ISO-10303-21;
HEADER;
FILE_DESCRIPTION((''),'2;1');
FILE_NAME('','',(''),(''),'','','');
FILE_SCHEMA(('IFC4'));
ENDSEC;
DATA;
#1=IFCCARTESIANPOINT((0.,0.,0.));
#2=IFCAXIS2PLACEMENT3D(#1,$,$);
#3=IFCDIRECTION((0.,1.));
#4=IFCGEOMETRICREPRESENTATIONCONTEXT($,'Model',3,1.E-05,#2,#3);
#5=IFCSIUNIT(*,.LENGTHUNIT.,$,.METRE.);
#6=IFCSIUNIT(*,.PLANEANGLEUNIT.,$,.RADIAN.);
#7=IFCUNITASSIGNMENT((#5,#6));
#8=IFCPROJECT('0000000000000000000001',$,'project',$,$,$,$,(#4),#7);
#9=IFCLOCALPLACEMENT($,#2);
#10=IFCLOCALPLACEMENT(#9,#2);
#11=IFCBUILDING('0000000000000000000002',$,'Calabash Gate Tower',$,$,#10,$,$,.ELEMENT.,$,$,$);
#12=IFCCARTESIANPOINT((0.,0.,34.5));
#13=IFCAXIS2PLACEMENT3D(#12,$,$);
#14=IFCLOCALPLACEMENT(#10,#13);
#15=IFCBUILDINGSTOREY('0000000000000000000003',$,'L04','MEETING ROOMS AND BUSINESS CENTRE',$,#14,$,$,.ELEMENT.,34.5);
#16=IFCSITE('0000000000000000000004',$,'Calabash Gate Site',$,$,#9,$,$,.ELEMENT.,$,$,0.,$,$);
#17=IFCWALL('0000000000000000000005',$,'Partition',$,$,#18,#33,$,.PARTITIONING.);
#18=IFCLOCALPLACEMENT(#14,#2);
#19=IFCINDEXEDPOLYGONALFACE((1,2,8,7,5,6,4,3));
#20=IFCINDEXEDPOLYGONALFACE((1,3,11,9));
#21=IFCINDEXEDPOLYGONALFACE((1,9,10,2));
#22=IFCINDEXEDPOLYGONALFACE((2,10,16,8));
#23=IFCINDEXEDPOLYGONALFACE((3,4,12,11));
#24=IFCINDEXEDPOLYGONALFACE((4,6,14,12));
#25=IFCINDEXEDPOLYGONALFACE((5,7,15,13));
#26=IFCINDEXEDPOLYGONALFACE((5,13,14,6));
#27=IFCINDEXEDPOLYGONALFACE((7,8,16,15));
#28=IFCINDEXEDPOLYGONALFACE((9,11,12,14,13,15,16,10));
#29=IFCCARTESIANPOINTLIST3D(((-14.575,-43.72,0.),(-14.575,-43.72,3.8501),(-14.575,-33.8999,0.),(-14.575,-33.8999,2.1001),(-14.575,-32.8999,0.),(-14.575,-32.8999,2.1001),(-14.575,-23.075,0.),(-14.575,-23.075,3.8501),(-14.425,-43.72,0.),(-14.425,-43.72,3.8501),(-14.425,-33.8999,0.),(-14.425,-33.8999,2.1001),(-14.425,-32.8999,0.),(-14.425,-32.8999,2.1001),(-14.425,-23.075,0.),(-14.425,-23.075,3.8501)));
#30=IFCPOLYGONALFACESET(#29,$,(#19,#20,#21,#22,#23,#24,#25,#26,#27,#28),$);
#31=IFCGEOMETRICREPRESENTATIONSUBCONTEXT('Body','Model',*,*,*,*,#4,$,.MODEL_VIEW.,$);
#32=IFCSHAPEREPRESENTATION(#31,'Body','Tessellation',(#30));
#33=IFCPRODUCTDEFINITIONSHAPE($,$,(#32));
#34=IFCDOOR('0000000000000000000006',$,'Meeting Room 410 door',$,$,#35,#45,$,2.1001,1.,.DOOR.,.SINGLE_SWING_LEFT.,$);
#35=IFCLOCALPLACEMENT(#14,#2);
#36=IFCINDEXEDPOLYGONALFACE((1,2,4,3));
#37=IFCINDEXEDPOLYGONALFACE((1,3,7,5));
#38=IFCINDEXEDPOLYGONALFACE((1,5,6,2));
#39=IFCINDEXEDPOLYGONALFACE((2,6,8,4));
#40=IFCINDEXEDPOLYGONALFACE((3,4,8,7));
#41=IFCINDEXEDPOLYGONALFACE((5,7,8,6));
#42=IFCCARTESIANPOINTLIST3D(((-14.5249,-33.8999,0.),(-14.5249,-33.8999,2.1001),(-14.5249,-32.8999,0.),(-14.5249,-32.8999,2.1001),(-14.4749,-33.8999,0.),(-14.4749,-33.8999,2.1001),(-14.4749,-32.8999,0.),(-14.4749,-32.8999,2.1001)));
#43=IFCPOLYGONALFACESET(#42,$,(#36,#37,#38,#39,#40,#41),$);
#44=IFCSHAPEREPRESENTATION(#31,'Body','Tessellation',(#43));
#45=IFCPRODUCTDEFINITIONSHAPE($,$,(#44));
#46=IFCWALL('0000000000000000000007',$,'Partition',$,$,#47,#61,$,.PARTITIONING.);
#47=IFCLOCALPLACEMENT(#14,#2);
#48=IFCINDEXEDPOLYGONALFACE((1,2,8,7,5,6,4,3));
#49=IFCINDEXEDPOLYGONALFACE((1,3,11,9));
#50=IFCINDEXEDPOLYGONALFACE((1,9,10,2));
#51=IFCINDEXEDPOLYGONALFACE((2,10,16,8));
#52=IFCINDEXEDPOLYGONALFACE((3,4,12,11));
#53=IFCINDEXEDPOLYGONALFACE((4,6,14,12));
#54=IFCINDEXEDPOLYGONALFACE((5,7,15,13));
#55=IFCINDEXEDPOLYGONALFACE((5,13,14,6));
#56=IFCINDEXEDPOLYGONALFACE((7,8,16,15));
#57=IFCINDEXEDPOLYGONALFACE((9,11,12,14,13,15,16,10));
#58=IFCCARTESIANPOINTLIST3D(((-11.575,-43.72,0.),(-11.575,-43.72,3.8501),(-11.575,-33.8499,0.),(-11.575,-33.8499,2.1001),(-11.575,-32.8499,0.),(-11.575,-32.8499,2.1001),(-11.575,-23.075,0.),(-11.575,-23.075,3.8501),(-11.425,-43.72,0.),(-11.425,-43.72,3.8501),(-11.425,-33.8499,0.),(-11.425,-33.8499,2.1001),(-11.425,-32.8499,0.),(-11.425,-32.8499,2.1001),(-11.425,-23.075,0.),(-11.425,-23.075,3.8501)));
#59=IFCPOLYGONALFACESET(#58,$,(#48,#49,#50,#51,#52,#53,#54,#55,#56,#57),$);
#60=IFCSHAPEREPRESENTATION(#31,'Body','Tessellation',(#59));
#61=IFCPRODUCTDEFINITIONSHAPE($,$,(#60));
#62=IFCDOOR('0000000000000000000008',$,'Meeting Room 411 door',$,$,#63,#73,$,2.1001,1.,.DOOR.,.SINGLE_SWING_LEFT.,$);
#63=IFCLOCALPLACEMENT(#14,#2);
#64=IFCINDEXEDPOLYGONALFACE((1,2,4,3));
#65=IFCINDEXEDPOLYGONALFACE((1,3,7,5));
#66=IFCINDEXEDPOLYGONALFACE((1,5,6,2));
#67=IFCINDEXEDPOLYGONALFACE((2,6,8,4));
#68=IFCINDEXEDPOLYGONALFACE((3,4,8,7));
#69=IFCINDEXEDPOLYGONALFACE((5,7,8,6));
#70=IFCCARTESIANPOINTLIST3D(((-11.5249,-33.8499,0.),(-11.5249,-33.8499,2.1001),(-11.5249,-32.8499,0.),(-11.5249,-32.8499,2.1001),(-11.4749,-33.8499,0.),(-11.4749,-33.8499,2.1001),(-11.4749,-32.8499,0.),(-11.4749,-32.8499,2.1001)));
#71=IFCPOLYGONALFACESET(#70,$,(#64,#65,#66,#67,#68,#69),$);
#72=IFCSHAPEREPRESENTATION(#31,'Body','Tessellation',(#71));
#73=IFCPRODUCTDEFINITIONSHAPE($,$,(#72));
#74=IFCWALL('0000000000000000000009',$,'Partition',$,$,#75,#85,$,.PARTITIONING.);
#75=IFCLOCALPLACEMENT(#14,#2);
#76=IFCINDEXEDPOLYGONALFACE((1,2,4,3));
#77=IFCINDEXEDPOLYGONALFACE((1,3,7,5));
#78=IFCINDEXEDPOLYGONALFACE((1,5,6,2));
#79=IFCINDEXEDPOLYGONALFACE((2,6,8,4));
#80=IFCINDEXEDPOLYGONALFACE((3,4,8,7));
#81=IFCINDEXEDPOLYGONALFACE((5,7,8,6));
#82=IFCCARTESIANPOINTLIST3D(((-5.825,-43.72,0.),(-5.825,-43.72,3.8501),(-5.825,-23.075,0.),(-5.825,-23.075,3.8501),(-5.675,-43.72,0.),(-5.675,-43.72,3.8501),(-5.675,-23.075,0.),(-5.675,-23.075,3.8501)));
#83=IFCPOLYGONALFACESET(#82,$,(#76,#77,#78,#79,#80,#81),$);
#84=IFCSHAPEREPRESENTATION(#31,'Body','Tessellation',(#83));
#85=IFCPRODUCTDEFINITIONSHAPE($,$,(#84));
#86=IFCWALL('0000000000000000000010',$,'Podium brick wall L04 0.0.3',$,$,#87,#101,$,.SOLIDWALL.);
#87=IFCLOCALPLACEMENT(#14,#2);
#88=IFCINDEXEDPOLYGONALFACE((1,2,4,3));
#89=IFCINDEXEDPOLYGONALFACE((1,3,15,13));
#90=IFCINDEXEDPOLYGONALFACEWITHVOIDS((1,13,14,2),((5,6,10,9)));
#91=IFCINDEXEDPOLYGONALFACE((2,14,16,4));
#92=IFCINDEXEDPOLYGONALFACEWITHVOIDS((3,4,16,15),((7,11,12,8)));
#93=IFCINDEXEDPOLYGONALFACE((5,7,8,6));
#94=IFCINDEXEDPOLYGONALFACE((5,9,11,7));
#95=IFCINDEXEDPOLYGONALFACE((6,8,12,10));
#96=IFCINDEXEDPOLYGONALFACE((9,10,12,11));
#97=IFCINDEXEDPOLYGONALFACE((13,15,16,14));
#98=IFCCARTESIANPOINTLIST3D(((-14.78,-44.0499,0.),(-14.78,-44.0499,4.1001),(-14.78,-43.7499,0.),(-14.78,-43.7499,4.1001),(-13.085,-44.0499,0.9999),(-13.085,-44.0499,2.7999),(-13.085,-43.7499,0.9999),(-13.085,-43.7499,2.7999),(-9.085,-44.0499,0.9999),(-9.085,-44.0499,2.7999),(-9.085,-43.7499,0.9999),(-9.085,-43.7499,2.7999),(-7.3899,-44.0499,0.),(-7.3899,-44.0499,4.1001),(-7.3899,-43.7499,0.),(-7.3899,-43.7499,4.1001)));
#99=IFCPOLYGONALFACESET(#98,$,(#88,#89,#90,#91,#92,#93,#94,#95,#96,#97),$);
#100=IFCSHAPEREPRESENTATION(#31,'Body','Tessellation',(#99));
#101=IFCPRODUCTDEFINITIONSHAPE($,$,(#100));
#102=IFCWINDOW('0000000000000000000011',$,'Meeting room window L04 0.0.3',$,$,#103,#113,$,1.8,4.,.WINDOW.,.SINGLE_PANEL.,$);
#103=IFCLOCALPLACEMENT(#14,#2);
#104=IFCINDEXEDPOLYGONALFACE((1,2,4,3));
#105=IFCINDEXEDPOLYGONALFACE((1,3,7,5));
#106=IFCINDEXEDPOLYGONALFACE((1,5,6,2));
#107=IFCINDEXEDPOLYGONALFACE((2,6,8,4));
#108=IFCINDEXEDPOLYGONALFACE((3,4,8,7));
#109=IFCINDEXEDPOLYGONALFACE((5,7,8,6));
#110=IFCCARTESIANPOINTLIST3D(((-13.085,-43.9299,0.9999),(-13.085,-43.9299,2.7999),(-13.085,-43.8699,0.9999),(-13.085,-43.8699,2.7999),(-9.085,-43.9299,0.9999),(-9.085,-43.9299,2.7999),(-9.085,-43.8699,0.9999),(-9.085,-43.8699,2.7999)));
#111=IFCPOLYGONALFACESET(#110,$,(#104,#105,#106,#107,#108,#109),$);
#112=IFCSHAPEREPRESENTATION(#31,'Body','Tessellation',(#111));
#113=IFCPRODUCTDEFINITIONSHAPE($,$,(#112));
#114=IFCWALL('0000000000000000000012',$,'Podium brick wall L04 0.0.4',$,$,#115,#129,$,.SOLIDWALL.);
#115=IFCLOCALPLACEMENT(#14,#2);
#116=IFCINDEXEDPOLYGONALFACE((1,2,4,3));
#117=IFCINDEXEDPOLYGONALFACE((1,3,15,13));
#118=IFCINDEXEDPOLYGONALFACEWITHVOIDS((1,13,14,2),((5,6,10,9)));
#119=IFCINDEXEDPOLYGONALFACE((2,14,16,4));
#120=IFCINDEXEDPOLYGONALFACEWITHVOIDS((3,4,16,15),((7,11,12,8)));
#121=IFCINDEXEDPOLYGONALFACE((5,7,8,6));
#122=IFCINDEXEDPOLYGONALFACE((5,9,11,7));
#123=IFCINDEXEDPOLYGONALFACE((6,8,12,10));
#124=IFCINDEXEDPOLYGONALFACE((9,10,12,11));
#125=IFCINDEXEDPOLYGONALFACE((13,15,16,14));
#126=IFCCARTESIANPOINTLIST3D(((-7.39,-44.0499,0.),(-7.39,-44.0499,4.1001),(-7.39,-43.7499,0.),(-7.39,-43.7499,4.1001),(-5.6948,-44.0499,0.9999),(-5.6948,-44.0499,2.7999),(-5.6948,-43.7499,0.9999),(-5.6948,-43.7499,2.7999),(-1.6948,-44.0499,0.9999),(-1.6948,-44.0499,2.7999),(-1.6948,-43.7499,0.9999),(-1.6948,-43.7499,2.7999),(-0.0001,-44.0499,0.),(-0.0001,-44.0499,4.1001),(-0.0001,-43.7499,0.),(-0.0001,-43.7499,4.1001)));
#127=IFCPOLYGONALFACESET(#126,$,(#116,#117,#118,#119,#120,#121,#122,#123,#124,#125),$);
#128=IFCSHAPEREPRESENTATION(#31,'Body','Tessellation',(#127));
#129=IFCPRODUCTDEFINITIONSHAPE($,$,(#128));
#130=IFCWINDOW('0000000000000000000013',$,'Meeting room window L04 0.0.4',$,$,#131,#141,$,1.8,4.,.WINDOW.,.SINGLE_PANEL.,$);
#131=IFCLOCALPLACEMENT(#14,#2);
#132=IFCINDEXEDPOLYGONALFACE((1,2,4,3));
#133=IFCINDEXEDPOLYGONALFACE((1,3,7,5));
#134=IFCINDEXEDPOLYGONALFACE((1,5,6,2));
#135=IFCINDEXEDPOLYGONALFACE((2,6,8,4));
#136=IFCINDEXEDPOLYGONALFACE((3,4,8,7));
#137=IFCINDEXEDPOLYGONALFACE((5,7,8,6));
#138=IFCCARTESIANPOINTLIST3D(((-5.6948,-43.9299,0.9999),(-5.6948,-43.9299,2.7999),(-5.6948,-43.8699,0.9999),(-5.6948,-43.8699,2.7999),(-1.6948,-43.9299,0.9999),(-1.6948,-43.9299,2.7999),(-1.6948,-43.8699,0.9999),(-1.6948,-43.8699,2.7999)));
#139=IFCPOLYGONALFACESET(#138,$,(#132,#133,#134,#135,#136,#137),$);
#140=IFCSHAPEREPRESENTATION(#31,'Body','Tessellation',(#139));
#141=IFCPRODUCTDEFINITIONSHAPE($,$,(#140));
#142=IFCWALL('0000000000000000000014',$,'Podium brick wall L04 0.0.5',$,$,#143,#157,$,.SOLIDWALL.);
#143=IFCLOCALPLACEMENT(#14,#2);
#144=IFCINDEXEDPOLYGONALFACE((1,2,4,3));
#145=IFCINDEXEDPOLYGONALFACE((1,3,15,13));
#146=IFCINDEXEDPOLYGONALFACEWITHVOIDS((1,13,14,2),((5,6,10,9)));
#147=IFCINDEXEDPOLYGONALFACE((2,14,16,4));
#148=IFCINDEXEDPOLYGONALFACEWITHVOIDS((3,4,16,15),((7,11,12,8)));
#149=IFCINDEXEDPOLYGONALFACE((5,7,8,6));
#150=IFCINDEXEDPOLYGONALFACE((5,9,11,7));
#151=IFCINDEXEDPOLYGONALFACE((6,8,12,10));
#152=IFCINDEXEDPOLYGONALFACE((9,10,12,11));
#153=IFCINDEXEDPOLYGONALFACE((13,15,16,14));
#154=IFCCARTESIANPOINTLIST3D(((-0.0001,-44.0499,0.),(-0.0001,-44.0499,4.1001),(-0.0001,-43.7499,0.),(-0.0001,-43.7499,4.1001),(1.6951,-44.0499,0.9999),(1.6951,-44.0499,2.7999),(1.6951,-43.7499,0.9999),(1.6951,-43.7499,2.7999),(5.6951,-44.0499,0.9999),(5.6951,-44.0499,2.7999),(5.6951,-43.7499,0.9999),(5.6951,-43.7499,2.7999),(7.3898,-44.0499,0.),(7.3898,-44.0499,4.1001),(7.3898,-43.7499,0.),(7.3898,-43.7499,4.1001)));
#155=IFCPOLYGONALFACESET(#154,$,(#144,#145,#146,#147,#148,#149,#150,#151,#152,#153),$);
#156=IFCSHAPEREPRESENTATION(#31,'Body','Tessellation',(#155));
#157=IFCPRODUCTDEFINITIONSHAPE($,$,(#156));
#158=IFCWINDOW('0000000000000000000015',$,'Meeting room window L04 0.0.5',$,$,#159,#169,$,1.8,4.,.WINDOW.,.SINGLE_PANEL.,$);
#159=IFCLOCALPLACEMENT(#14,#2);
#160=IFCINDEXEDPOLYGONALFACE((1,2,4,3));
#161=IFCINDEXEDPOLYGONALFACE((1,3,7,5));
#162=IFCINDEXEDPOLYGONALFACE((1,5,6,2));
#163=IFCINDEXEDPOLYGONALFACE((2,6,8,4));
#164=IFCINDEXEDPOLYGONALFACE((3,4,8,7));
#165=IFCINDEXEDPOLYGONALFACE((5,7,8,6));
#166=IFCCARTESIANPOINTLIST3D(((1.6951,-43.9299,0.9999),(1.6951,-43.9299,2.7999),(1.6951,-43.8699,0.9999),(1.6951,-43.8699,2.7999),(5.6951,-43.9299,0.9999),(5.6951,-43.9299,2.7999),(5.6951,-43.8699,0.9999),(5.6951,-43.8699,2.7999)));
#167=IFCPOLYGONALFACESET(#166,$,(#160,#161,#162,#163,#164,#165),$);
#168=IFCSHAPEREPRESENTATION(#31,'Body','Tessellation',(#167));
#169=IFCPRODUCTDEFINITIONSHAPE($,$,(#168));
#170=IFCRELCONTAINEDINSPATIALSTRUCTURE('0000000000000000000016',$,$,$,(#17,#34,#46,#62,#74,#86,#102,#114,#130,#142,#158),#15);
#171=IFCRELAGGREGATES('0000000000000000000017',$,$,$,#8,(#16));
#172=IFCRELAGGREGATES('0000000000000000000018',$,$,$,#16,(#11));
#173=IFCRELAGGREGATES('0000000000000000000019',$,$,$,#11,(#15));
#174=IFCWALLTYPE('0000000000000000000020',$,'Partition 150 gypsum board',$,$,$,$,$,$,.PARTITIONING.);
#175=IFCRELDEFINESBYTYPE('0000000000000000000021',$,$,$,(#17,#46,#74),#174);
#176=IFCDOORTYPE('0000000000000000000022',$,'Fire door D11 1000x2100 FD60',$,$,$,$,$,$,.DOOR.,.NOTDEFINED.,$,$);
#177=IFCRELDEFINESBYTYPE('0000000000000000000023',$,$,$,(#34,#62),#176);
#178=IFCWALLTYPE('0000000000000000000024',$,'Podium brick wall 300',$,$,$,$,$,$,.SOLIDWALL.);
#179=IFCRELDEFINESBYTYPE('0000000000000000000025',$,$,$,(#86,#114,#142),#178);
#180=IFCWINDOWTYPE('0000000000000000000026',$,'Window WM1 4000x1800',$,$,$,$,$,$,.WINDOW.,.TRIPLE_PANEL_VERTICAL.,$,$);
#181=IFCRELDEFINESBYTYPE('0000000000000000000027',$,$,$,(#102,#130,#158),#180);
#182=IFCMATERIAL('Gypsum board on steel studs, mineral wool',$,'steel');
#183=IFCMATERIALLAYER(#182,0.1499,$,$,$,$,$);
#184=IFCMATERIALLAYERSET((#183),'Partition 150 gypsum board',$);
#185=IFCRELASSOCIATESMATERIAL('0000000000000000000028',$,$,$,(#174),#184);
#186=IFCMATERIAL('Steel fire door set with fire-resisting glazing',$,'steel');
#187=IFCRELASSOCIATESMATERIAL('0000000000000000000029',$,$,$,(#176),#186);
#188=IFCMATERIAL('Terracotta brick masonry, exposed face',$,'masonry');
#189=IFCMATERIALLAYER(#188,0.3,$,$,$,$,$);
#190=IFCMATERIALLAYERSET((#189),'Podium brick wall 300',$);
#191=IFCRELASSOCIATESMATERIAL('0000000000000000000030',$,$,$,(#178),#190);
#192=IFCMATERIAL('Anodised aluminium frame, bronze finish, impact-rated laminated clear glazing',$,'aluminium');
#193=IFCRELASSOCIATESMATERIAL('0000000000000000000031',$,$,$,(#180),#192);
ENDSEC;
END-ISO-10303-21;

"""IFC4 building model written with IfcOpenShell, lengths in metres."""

from ifc_helpers import new_model, si_unit, direction, frame, frame_2d, origin, place, context, subcontext, project, spatial, rectangle, extrude, material, layer, layer_set, type_object, element, fill, save


model = new_model("IFC4")

# Units and contexts
model_context = context("Model", 3, precision=1e-05, world=origin(), true_north=direction((0.0, 1.0)))
body_context = subcontext(model_context, "Body", "Model", "MODEL_VIEW")
ifc_project = project(units=[si_unit("LENGTHUNIT", "METRE"), si_unit("PLANEANGLEUNIT", "RADIAN")], contexts=[model_context])

# Site, building, storey
site_placement = place(None, origin())
site = spatial("IfcSite", under=ifc_project, at=site_placement, Name="Calabash Gate Site", CompositionType="ELEMENT", RefElevation=0.0)
building_placement = place(site_placement, origin())
building = spatial("IfcBuilding", under=site, at=building_placement, Name="Calabash Gate Tower", CompositionType="ELEMENT")
storey_placement = place(building_placement, frame((0.0, 0.0, 34.5)))
storey = spatial("IfcBuildingStorey", under=building, at=storey_placement, Name="L04", Description="MEETING ROOMS AND BUSINESS CENTRE", CompositionType="ELEMENT", Elevation=34.5)

# Walls, openings, doors
ifc_material_1 = material(Name="Gypsum board on steel studs, mineral wool", Category="steel")
ifc_layer_1 = layer(ifc_material_1, 0.1499)
ifc_layer_set_1 = layer_set([ifc_layer_1], Name="Partition 150 gypsum board")
wall_type_1 = type_object("IfcWallType", Name="Partition 150 gypsum board", PredefinedType="PARTITIONING", material=ifc_layer_set_1)
wall_1_placement = place(storey_placement, frame((-14.5, -43.72, 0.0), z_axis=(0.0, 0.0, 1.0), x_axis=(0.0, 1.0, 0.0)))
wall_1 = element("IfcWall", 1, at=wall_1_placement, inside=storey, type_object=wall_type_1, Name="Partition", PredefinedType="PARTITIONING", context=body_context, shape_type="SweptSolid", body=[
    extrude(rectangle(XDim=20.645, YDim=0.1499, at=frame_2d((10.3225, 0.0))), origin(), (0.0, 0.0, 1.0), 3.8501),
])
opening_1_placement = place(wall_1_placement, frame((9.8201, 0.0, 0.0)))
opening_1 = element("IfcOpeningElement", 2, at=opening_1_placement, cuts=wall_1, PredefinedType="OPENING", context=body_context, shape_type="SweptSolid", body=[
    extrude(rectangle(XDim=1.0, YDim=2.1001, at=frame_2d((0.5, 1.05))), frame((0.0, 0.085, 0.0), z_axis=(0.0, -1.0, 0.0), x_axis=(1.0, 0.0, 0.0)), (0.0, 0.0, 1.0), 0.1699),
])
ifc_material_2 = material(Name="Steel fire door set with fire-resisting glazing", Category="steel")
door_type = type_object("IfcDoorType", Name="Fire door D11 1000x2100 FD60", OperationType="NOTDEFINED", PredefinedType="DOOR", material=ifc_material_2)
door_1_placement = place(opening_1_placement, origin())
door_1 = element("IfcDoor", 3, at=door_1_placement, inside=storey, type_object=door_type, Name="Meeting Room 410 door", OperationType="SINGLE_SWING_LEFT", OverallHeight=2.1001, OverallWidth=1.0, PredefinedType="DOOR", context=body_context, shape_type="SweptSolid", body=[
    extrude(rectangle(XDim=1.0, YDim=2.1001, at=frame_2d((0.5, 1.05))), frame((0.0, 0.0249, 0.0), z_axis=(0.0, -1.0, 0.0), x_axis=(1.0, 0.0, 0.0)), (0.0, 0.0, 1.0), 0.05),
])
fill(opening_1, door_1)
wall_2_placement = place(storey_placement, frame((-11.5, -43.72, 0.0), z_axis=(0.0, 0.0, 1.0), x_axis=(0.0, 1.0, 0.0)))
wall_2 = element("IfcWall", 4, at=wall_2_placement, inside=storey, type_object=wall_type_1, Name="Partition", PredefinedType="PARTITIONING", context=body_context, shape_type="SweptSolid", body=[
    extrude(rectangle(XDim=20.645, YDim=0.1499, at=frame_2d((10.3225, 0.0))), origin(), (0.0, 0.0, 1.0), 3.8501),
])
opening_2_placement = place(wall_2_placement, frame((9.8701, 0.0, 0.0)))
opening_2 = element("IfcOpeningElement", 5, at=opening_2_placement, cuts=wall_2, PredefinedType="OPENING", context=body_context, shape_type="SweptSolid", body=[
    extrude(rectangle(XDim=1.0, YDim=2.1001, at=frame_2d((0.5, 1.05))), frame((0.0, 0.085, 0.0), z_axis=(0.0, -1.0, 0.0), x_axis=(1.0, 0.0, 0.0)), (0.0, 0.0, 1.0), 0.1699),
])
door_2_placement = place(opening_2_placement, origin())
door_2 = element("IfcDoor", 6, at=door_2_placement, inside=storey, type_object=door_type, Name="Meeting Room 411 door", OperationType="SINGLE_SWING_LEFT", OverallHeight=2.1001, OverallWidth=1.0, PredefinedType="DOOR", context=body_context, shape_type="SweptSolid", body=[
    extrude(rectangle(XDim=1.0, YDim=2.1001, at=frame_2d((0.5, 1.05))), frame((0.0, 0.0249, 0.0), z_axis=(0.0, -1.0, 0.0), x_axis=(1.0, 0.0, 0.0)), (0.0, 0.0, 1.0), 0.05),
])
fill(opening_2, door_2)

# Wall
wall_3_placement = place(storey_placement, frame((-5.75, -43.72, 0.0), z_axis=(0.0, 0.0, 1.0), x_axis=(0.0, 1.0, 0.0)))
element("IfcWall", 7, at=wall_3_placement, inside=storey, type_object=wall_type_1, Name="Partition", PredefinedType="PARTITIONING", context=body_context, shape_type="SweptSolid", body=[
    extrude(rectangle(XDim=20.645, YDim=0.1499, at=frame_2d((10.3225, 0.0))), origin(), (0.0, 0.0, 1.0), 3.8501),
])

# Walls, openings, windows
ifc_material_3 = material(Name="Terracotta brick masonry, exposed face", Category="masonry")
ifc_layer_2 = layer(ifc_material_3, 0.3)
ifc_layer_set_2 = layer_set([ifc_layer_2], Name="Podium brick wall 300")
wall_type_2 = type_object("IfcWallType", Name="Podium brick wall 300", PredefinedType="SOLIDWALL", material=ifc_layer_set_2)
wall_4_placement = place(storey_placement, frame((-14.78, -43.8999, 0.0), z_axis=(0.0, 0.0, 1.0), x_axis=(1.0, 0.0, 0.0)))
wall_4 = element("IfcWall", 8, at=wall_4_placement, inside=storey, type_object=wall_type_2, Name="Podium brick wall L04 0.0.3", PredefinedType="SOLIDWALL", context=body_context, shape_type="SweptSolid", body=[
    extrude(rectangle(XDim=7.3901, YDim=0.3, at=frame_2d((3.6951, 0.0))), origin(), (0.0, 0.0, 1.0), 4.1001),
])
opening_3_placement = place(wall_4_placement, frame((1.6951, 0.0, 1.0)))
opening_3 = element("IfcOpeningElement", 9, at=opening_3_placement, cuts=wall_4, PredefinedType="OPENING", context=body_context, shape_type="SweptSolid", body=[
    extrude(rectangle(XDim=4.0, YDim=1.8, at=frame_2d((2.0, 0.8999))), frame((0.0, 0.1599, 0.0), z_axis=(0.0, -1.0, 0.0), x_axis=(1.0, 0.0, 0.0)), (0.0, 0.0, 1.0), 0.3201),
])
ifc_material_4 = material(Name="Anodised aluminium frame, bronze finish, impact-rated laminated clear glazing", Category="aluminium")
window_type = type_object("IfcWindowType", Name="Window WM1 4000x1800", PartitioningType="TRIPLE_PANEL_VERTICAL", PredefinedType="WINDOW", material=ifc_material_4)
window_1_placement = place(opening_3_placement, origin())
window_1 = element("IfcWindow", 10, at=window_1_placement, inside=storey, type_object=window_type, Name="Meeting room window L04 0.0.3", OverallHeight=1.8, OverallWidth=4.0, PartitioningType="SINGLE_PANEL", PredefinedType="WINDOW", context=body_context, shape_type="SweptSolid", body=[
    extrude(rectangle(XDim=4.0, YDim=1.8, at=frame_2d((2.0, 0.8999))), frame((0.0, 0.03, 0.0), z_axis=(0.0, -1.0, 0.0), x_axis=(1.0, 0.0, 0.0)), (0.0, 0.0, 1.0), 0.0601),
])
fill(opening_3, window_1)
wall_5_placement = place(storey_placement, frame((-7.3899, -43.8999, 0.0), z_axis=(0.0, 0.0, 1.0), x_axis=(1.0, 0.0, 0.0)))
wall_5 = element("IfcWall", 11, at=wall_5_placement, inside=storey, type_object=wall_type_2, Name="Podium brick wall L04 0.0.4", PredefinedType="SOLIDWALL", context=body_context, shape_type="SweptSolid", body=[
    extrude(rectangle(XDim=7.3899, YDim=0.3, at=frame_2d((3.6948, 0.0))), origin(), (0.0, 0.0, 1.0), 4.1001),
])
opening_4_placement = place(wall_5_placement, frame((1.6951, 0.0, 1.0)))
opening_4 = element("IfcOpeningElement", 12, at=opening_4_placement, cuts=wall_5, PredefinedType="OPENING", context=body_context, shape_type="SweptSolid", body=[
    extrude(rectangle(XDim=4.0, YDim=1.8, at=frame_2d((2.0, 0.8999))), frame((0.0, 0.1599, 0.0), z_axis=(0.0, -1.0, 0.0), x_axis=(1.0, 0.0, 0.0)), (0.0, 0.0, 1.0), 0.3201),
])
window_2_placement = place(opening_4_placement, origin())
window_2 = element("IfcWindow", 13, at=window_2_placement, inside=storey, type_object=window_type, Name="Meeting room window L04 0.0.4", OverallHeight=1.8, OverallWidth=4.0, PartitioningType="SINGLE_PANEL", PredefinedType="WINDOW", context=body_context, shape_type="SweptSolid", body=[
    extrude(rectangle(XDim=4.0, YDim=1.8, at=frame_2d((2.0, 0.8999))), frame((0.0, 0.03, 0.0), z_axis=(0.0, -1.0, 0.0), x_axis=(1.0, 0.0, 0.0)), (0.0, 0.0, 1.0), 0.0601),
])
fill(opening_4, window_2)
wall_6_placement = place(storey_placement, frame((0.0, -43.8999, 0.0), z_axis=(0.0, 0.0, 1.0), x_axis=(1.0, 0.0, 0.0)))
wall_6 = element("IfcWall", 14, at=wall_6_placement, inside=storey, type_object=wall_type_2, Name="Podium brick wall L04 0.0.5", PredefinedType="SOLIDWALL", context=body_context, shape_type="SweptSolid", body=[
    extrude(rectangle(XDim=7.3899, YDim=0.3, at=frame_2d((3.6948, 0.0))), origin(), (0.0, 0.0, 1.0), 4.1001),
])
opening_5_placement = place(wall_6_placement, frame((1.6951, 0.0, 1.0)))
opening_5 = element("IfcOpeningElement", 15, at=opening_5_placement, cuts=wall_6, PredefinedType="OPENING", context=body_context, shape_type="SweptSolid", body=[
    extrude(rectangle(XDim=4.0, YDim=1.8, at=frame_2d((2.0, 0.8999))), frame((0.0, 0.1599, 0.0), z_axis=(0.0, -1.0, 0.0), x_axis=(1.0, 0.0, 0.0)), (0.0, 0.0, 1.0), 0.3201),
])
window_3_placement = place(opening_5_placement, origin())
window_3 = element("IfcWindow", 16, at=window_3_placement, inside=storey, type_object=window_type, Name="Meeting room window L04 0.0.5", OverallHeight=1.8, OverallWidth=4.0, PartitioningType="SINGLE_PANEL", PredefinedType="WINDOW", context=body_context, shape_type="SweptSolid", body=[
    extrude(rectangle(XDim=4.0, YDim=1.8, at=frame_2d((2.0, 0.8999))), frame((0.0, 0.03, 0.0), z_axis=(0.0, -1.0, 0.0), x_axis=(1.0, 0.0, 0.0)), (0.0, 0.0, 1.0), 0.0601),
])
fill(opening_5, window_3)

save(model, "model.ifc")
